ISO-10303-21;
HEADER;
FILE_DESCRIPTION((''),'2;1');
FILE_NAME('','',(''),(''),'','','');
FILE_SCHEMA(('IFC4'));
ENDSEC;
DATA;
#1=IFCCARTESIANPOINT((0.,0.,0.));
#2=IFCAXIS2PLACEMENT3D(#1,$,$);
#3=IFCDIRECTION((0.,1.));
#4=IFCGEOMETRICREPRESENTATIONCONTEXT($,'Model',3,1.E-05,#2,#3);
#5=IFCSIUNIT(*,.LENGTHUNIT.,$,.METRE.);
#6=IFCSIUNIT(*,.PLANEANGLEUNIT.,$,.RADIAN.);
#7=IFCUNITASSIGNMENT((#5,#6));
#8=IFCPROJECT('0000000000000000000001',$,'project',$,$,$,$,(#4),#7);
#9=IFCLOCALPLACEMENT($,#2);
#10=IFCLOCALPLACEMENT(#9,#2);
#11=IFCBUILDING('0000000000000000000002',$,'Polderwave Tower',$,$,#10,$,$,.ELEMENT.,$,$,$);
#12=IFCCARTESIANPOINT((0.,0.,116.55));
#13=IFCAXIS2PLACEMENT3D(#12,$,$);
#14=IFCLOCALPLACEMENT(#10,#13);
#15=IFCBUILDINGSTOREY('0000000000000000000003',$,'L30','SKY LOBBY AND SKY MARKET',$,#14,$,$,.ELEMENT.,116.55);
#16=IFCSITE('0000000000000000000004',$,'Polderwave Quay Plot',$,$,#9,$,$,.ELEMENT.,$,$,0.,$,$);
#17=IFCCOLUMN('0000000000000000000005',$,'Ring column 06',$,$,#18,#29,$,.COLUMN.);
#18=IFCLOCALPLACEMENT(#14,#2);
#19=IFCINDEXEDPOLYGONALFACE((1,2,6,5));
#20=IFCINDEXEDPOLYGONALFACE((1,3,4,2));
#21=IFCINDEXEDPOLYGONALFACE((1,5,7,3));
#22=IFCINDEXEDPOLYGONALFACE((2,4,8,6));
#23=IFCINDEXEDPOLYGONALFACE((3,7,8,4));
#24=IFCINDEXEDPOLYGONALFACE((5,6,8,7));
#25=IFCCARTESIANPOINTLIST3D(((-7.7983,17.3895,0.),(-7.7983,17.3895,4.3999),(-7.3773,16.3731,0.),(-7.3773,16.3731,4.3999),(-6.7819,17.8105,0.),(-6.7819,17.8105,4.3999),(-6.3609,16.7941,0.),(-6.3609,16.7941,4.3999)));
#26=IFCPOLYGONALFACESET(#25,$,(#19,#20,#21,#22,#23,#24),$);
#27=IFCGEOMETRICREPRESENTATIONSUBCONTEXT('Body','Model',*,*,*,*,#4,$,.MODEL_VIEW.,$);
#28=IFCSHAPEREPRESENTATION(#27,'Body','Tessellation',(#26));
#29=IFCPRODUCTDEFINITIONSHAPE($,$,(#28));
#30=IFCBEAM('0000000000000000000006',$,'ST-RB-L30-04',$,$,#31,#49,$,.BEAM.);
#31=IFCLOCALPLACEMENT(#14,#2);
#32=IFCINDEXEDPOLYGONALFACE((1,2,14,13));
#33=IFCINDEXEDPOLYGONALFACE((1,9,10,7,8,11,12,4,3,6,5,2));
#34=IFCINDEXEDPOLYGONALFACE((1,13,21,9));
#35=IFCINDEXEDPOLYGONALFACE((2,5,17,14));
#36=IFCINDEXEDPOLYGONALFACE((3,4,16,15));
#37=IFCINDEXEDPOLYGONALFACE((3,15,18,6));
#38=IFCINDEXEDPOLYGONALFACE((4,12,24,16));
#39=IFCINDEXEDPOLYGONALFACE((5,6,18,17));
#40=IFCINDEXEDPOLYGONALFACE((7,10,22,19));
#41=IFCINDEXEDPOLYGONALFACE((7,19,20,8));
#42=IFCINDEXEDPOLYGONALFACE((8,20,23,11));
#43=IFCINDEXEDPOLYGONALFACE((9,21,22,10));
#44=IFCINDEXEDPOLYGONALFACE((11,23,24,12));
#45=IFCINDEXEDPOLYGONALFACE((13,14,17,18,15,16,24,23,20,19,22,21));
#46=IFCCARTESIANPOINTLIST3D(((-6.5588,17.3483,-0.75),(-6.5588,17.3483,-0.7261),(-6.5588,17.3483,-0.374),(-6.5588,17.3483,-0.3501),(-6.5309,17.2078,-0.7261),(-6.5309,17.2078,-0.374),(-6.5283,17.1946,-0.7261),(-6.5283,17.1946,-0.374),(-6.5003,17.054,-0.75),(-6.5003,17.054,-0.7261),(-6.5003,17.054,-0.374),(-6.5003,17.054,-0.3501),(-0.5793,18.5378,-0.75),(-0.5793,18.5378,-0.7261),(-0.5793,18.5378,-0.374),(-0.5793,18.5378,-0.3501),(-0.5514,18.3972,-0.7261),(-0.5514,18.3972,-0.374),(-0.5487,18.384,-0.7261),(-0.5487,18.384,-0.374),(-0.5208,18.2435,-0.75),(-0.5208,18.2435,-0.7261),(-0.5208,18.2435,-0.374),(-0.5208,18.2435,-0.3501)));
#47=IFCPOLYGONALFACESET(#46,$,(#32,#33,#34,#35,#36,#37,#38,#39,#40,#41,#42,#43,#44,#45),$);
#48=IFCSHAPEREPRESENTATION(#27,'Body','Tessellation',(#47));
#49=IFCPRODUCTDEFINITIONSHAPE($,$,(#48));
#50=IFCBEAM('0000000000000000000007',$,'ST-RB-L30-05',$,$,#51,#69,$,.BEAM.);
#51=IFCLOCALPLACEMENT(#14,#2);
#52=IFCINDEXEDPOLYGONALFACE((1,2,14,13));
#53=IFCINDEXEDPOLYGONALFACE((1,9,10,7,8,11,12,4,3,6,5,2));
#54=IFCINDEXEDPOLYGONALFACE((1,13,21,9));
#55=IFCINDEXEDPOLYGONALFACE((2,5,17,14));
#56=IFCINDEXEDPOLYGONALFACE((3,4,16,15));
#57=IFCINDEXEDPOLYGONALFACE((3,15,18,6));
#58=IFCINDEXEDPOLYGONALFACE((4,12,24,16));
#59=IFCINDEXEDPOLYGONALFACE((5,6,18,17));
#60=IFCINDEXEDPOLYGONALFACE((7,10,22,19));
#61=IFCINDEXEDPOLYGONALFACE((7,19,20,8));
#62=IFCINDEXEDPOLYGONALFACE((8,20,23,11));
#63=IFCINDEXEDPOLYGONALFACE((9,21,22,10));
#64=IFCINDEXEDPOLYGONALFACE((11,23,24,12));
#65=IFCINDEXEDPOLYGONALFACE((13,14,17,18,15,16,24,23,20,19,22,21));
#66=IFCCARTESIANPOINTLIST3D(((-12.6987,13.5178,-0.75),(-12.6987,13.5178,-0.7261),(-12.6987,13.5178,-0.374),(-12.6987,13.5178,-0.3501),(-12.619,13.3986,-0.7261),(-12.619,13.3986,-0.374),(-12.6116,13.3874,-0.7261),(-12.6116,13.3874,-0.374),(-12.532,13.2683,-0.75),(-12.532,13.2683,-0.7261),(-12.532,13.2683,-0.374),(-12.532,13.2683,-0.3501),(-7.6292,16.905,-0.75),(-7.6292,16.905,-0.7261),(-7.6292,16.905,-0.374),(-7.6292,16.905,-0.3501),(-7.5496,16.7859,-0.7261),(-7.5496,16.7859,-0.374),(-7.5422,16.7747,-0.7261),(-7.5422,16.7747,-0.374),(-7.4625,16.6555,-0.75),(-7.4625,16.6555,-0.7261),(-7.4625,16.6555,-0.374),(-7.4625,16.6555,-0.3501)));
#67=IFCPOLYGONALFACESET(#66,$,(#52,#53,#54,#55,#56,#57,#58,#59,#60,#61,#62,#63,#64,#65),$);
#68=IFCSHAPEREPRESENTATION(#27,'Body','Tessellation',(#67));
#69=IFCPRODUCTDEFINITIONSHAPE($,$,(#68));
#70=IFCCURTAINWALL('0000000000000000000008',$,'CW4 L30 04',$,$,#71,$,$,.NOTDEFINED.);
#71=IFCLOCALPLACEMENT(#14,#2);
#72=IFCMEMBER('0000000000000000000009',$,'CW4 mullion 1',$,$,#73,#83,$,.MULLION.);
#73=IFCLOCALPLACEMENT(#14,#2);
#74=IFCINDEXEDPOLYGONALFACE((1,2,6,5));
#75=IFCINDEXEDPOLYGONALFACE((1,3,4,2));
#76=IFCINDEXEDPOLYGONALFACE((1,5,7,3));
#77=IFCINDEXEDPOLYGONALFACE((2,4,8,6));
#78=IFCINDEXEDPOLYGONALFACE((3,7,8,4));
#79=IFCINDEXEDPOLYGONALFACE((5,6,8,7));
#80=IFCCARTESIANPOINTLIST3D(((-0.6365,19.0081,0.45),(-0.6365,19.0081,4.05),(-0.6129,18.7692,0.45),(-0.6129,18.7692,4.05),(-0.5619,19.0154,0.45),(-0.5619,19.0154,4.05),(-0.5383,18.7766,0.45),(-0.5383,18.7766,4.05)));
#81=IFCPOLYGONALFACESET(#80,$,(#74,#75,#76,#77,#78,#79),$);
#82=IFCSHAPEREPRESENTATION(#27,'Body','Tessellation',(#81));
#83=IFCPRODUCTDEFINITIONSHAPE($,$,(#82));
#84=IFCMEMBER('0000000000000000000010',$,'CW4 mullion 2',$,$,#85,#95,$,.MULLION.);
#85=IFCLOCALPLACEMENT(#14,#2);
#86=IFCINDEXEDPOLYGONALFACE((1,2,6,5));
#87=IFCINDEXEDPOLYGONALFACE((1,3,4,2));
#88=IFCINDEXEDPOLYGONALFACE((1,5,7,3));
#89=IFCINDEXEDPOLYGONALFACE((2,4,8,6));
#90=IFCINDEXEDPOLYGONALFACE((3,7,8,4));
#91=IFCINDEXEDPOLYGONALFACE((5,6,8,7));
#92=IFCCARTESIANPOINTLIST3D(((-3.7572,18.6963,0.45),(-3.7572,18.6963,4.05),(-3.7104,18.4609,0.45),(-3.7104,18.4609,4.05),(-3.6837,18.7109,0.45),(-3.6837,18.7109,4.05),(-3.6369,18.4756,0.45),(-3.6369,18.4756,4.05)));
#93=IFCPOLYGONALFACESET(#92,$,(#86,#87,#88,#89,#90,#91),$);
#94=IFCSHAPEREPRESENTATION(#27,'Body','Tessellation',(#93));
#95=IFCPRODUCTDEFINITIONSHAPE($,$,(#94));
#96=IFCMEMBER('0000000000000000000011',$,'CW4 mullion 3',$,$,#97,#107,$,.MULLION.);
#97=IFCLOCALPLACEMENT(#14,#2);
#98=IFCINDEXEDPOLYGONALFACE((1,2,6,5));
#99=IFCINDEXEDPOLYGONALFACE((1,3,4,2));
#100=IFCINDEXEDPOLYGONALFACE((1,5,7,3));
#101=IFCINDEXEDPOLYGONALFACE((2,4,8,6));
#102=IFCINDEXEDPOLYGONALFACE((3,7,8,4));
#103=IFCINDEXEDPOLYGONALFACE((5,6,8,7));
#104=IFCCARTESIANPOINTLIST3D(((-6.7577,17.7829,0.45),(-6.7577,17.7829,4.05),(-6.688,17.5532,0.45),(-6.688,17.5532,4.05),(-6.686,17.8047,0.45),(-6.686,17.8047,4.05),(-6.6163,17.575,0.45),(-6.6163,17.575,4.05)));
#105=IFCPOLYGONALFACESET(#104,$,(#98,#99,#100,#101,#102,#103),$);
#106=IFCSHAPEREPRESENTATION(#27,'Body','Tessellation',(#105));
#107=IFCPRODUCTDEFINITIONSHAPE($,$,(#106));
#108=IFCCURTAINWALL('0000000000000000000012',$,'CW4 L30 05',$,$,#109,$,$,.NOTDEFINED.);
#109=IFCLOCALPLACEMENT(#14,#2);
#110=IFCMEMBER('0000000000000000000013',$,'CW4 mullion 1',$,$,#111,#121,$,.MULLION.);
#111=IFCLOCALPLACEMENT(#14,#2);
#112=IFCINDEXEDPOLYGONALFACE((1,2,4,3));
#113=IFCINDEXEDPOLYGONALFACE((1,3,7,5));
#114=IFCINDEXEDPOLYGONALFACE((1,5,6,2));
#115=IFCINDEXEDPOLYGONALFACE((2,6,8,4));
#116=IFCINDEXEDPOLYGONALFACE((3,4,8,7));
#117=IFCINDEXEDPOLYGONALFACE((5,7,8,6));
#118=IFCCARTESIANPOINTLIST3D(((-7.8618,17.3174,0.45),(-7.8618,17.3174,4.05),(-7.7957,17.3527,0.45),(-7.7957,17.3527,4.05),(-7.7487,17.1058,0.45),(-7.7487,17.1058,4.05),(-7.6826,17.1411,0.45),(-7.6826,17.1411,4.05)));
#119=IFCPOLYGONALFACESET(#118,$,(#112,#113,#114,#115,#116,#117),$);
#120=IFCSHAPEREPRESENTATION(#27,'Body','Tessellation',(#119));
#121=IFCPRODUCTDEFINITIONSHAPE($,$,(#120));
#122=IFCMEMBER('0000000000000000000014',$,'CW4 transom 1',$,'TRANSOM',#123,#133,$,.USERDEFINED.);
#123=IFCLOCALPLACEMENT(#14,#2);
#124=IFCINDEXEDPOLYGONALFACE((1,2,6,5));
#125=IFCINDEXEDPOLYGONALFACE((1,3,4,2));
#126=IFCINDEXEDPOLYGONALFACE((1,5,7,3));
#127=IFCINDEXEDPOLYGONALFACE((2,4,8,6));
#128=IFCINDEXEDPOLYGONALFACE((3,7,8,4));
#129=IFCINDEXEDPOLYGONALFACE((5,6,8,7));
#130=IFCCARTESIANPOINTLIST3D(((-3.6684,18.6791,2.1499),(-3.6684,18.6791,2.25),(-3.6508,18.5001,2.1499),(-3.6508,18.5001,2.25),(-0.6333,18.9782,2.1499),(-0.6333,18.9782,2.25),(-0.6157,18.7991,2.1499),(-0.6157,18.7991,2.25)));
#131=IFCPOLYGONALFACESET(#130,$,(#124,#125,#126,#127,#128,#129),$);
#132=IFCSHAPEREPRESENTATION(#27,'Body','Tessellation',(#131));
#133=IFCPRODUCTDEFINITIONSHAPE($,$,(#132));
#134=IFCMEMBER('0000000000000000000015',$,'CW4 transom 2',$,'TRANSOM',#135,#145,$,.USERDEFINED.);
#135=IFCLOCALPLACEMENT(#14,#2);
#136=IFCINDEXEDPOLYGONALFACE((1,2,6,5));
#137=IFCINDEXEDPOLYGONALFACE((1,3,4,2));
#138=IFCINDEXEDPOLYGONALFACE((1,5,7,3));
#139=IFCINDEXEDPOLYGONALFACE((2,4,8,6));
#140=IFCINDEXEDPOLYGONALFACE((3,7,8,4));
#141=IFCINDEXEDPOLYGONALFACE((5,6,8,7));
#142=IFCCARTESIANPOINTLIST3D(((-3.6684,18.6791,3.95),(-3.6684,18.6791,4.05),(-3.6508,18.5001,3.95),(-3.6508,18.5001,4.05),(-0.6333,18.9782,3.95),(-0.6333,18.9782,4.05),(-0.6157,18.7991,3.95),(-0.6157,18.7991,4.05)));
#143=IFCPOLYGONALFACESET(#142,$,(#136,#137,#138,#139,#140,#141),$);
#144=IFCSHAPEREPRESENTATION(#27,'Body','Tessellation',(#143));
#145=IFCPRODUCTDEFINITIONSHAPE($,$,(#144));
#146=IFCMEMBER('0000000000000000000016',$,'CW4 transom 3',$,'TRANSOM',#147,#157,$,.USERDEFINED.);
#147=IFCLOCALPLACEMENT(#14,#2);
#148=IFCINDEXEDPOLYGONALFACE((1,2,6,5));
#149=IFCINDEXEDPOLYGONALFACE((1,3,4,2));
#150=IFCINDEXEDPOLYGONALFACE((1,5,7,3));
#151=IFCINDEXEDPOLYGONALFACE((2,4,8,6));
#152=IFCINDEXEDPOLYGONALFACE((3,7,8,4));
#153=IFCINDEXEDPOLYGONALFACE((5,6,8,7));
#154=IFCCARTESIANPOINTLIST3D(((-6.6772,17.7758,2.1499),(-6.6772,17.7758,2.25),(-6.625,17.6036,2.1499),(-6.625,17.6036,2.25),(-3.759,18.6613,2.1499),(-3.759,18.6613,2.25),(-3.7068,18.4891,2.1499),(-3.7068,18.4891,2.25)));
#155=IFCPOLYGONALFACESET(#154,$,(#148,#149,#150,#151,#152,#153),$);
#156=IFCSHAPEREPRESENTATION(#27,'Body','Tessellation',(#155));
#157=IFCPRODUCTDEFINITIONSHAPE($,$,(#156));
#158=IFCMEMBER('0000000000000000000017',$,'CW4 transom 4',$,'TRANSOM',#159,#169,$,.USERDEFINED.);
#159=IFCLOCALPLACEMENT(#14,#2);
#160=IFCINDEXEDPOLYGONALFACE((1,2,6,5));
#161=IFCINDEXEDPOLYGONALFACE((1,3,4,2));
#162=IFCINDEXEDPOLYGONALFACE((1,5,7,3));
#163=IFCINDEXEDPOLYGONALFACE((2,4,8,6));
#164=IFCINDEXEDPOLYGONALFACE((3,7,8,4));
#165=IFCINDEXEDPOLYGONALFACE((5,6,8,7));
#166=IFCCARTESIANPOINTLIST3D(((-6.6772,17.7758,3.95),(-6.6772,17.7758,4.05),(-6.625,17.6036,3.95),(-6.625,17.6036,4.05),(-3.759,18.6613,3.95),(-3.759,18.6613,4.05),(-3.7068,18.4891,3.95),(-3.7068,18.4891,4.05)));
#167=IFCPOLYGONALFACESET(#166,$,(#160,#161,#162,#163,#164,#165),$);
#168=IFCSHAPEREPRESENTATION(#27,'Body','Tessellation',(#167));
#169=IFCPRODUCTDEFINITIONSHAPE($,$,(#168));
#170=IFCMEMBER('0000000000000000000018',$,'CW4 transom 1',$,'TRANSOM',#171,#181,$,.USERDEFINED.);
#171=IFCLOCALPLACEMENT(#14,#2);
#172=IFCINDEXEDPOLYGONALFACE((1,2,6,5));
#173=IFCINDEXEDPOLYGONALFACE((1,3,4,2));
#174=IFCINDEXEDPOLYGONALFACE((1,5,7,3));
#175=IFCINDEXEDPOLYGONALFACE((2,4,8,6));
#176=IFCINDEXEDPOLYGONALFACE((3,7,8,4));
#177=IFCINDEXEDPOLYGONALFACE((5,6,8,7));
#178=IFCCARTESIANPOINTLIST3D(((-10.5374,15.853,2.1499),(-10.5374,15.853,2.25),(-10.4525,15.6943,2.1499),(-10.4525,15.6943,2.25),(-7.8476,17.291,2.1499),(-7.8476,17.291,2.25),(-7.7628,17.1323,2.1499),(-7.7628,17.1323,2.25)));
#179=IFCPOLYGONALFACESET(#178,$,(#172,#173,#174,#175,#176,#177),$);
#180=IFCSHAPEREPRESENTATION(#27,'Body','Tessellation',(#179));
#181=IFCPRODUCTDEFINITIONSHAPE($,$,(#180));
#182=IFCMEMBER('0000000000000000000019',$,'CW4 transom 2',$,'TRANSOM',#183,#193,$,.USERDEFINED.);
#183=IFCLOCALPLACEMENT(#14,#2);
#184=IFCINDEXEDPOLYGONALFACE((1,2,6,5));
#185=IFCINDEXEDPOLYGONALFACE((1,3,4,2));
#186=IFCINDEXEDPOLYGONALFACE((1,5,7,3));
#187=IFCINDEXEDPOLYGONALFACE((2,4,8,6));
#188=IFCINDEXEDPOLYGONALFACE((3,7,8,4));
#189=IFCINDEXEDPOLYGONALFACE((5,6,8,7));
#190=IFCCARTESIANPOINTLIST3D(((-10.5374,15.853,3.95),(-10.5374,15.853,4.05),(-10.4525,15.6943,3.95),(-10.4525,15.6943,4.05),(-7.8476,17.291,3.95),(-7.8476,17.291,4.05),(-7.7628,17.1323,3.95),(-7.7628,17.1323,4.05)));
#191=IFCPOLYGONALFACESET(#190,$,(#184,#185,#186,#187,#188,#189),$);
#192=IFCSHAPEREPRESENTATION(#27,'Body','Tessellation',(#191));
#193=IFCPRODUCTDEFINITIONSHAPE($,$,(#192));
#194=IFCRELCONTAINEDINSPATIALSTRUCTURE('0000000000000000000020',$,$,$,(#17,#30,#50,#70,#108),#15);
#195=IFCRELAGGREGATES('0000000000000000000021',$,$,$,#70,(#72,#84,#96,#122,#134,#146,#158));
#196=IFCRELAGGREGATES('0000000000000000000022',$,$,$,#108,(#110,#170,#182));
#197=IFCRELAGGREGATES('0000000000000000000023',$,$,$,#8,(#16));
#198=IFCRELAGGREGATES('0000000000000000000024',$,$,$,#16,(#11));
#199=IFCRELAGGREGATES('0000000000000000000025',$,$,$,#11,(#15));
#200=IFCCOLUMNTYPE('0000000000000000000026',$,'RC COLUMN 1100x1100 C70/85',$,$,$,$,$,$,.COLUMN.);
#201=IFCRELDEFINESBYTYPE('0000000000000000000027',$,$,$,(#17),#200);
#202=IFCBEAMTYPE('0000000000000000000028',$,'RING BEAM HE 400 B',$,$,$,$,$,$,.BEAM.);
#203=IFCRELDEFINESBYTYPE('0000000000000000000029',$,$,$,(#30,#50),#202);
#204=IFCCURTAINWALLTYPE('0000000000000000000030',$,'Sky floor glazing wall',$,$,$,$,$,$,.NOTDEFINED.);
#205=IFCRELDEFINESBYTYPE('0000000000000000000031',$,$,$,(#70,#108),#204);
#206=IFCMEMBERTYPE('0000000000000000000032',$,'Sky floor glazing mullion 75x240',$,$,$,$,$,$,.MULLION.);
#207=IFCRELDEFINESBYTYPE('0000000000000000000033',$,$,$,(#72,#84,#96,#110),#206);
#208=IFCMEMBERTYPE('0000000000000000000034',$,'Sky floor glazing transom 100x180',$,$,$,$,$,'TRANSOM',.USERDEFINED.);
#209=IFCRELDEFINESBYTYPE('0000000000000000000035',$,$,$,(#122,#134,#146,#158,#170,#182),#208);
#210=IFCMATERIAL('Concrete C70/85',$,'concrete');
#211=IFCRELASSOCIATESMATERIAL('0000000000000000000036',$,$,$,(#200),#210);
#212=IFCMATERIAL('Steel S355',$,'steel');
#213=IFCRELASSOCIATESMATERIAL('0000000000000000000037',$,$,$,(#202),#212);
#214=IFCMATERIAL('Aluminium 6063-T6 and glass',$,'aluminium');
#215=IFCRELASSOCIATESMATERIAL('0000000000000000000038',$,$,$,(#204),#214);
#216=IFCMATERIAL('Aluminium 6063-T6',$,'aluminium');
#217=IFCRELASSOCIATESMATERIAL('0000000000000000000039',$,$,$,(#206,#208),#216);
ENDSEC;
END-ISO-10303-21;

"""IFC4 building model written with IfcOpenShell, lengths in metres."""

from ifc_helpers import new_model, si_unit, direction, frame, origin, origin_2d, place, context, subcontext, project, spatial, rectangle, i_section, extrude, material, material_profile, profile_set, type_object, element, aggregate, save


model = new_model("IFC4")

# Units and contexts
model_context = context("Model", 3, precision=1e-05, world=origin(), true_north=direction((0.0, 1.0)))
body_context = subcontext(model_context, "Body", "Model", "MODEL_VIEW")
ifc_project = project(units=[si_unit("LENGTHUNIT", "METRE"), si_unit("PLANEANGLEUNIT", "RADIAN")], contexts=[model_context])

# Site, building, storey
site_placement = place(None, origin())
site = spatial("IfcSite", under=ifc_project, at=site_placement, Name="Polderwave Quay Plot", CompositionType="ELEMENT", RefElevation=0.0)
building_placement = place(site_placement, origin())
building = spatial("IfcBuilding", under=site, at=building_placement, Name="Polderwave Tower", CompositionType="ELEMENT")
storey_placement = place(building_placement, frame((0.0, 0.0, 116.55)))
storey = spatial("IfcBuildingStorey", under=building, at=storey_placement, Name="L30", Description="SKY LOBBY AND SKY MARKET", CompositionType="ELEMENT", Elevation=116.55)

# Column
ifc_material_1 = material(Name="Concrete C70/85", Category="concrete")
ifc_material_profile_1 = material_profile(ifc_material_1, rectangle(XDim=1.1001, YDim=1.1001, at=origin_2d()), Name="RC 1100x1100")
ifc_profile_set_1 = profile_set([ifc_material_profile_1], Name="Concrete C70/85")
column_type = type_object("IfcColumnType", Name="RC COLUMN 1100x1100 C70/85", PredefinedType="COLUMN", material=ifc_profile_set_1)
column_placement = place(storey_placement, frame((-7.0796, 17.0918, 0.0), z_axis=(0.0, 0.0, 1.0), x_axis=(-0.382683, 0.92388, 0.0)))
element("IfcColumn", 1, at=column_placement, inside=storey, type_object=column_type, Name="Ring column 06", PredefinedType="COLUMN", context=body_context, shape_type="SweptSolid", body=[
    extrude(rectangle(XDim=1.1001, YDim=1.1001, at=origin_2d()), origin(), (0.0, 0.0, 1.0), 4.3999),
])

# Beams
ifc_material_2 = material(Name="Steel S355", Category="steel")
ifc_material_profile_2 = material_profile(ifc_material_2, i_section(OverallWidth=0.3, OverallDepth=0.3999, WebThickness=0.0134, FlangeThickness=0.0239, at=origin_2d()), Name="HE 400 B")
ifc_profile_set_2 = profile_set([ifc_material_profile_2], Name="Steel S355")
beam_type = type_object("IfcBeamType", Name="RING BEAM HE 400 B", PredefinedType="BEAM", material=ifc_profile_set_2)
beam_1_placement = place(storey_placement, frame((-0.55, 18.3906, -0.55), z_axis=(-0.980783, -0.1951, 0.0), x_axis=(0.1951, -0.980783, 0.0)))
element("IfcBeam", 2, at=beam_1_placement, inside=storey, type_object=beam_type, Name="ST-RB-L30-04", PredefinedType="BEAM", context=body_context, shape_type="SweptSolid", body=[
    extrude(i_section(OverallWidth=0.3, OverallDepth=0.3999, WebThickness=0.0134, FlangeThickness=0.0239, at=origin_2d()), origin(), (0.0, 0.0, 1.0), 6.0967),
])
beam_2_placement = place(storey_placement, frame((-7.5459, 16.7803, -0.55), z_axis=(-0.831471, -0.555569, 0.0), x_axis=(0.555569, -0.831471, 0.0)))
element("IfcBeam", 3, at=beam_2_placement, inside=storey, type_object=beam_type, Name="ST-RB-L30-05", PredefinedType="BEAM", context=body_context, shape_type="SweptSolid", body=[
    extrude(i_section(OverallWidth=0.3, OverallDepth=0.3999, WebThickness=0.0134, FlangeThickness=0.0239, at=origin_2d()), origin(), (0.0, 0.0, 1.0), 6.0969),
])

# Curtain wall, members
ifc_material_3 = material(Name="Aluminium 6063-T6 and glass", Category="aluminium")
curtain_wall_type = type_object("IfcCurtainWallType", Name="Sky floor glazing wall", PredefinedType="NOTDEFINED", material=ifc_material_3)
curtain_wall_1_placement = place(storey_placement, origin())
curtain_wall_1 = element("IfcCurtainWall", 4, at=curtain_wall_1_placement, inside=storey, type_object=curtain_wall_type, Name="CW4 L30 04", PredefinedType="NOTDEFINED")
ifc_material_4 = material(Name="Aluminium 6063-T6", Category="aluminium")
ifc_material_profile_3 = material_profile(ifc_material_4, rectangle(XDim=0.24, YDim=0.075, at=origin_2d()), Name="AL 75x240")
ifc_profile_set_3 = profile_set([ifc_material_profile_3], Name="Aluminium 6063-T6")
member_type_1 = type_object("IfcMemberType", Name="Sky floor glazing mullion 75x240", PredefinedType="MULLION", material=ifc_profile_set_3)
member_1_placement = place(storey_placement, frame((-0.5874, 18.8923, 0.45), z_axis=(0.0, 0.0, 1.0), x_axis=(0.098033, -0.995183, 0.0)))
member_1 = element("IfcMember", 5, at=member_1_placement, type_object=member_type_1, Name="CW4 mullion 1", PredefinedType="MULLION", context=body_context, shape_type="SweptSolid", body=[
    extrude(rectangle(XDim=0.24, YDim=0.075, at=origin_2d()), origin(), (0.0, 0.0, 1.0), 3.6001),
])
member_2_placement = place(storey_placement, frame((-3.697, 18.5859, 0.45), z_axis=(0.0, 0.0, 1.0), x_axis=(0.195109, -0.980782, 0.0)))
member_2 = element("IfcMember", 6, at=member_2_placement, type_object=member_type_1, Name="CW4 mullion 2", PredefinedType="MULLION", context=body_context, shape_type="SweptSolid", body=[
    extrude(rectangle(XDim=0.24, YDim=0.075, at=origin_2d()), origin(), (0.0, 0.0, 1.0), 3.6001),
])
member_3_placement = place(storey_placement, frame((-6.687, 17.679, 0.45), z_axis=(0.0, 0.0, 1.0), x_axis=(0.290306, -0.956934, 0.0)))
member_3 = element("IfcMember", 7, at=member_3_placement, type_object=member_type_1, Name="CW4 mullion 3", PredefinedType="MULLION", context=body_context, shape_type="SweptSolid", body=[
    extrude(rectangle(XDim=0.24, YDim=0.075, at=origin_2d()), origin(), (0.0, 0.0, 1.0), 3.6001),
])

# Curtain wall, member
curtain_wall_2_placement = place(storey_placement, origin())
curtain_wall_2 = element("IfcCurtainWall", 8, at=curtain_wall_2_placement, inside=storey, type_object=curtain_wall_type, Name="CW4 L30 05", PredefinedType="NOTDEFINED")
member_4_placement = place(storey_placement, frame((-7.7722, 17.2292, 0.45), z_axis=(0.0, 0.0, 1.0), x_axis=(0.471458, -0.881888, 0.0)))
member_4 = element("IfcMember", 9, at=member_4_placement, type_object=member_type_1, Name="CW4 mullion 1", PredefinedType="MULLION", context=body_context, shape_type="SweptSolid", body=[
    extrude(rectangle(XDim=0.24, YDim=0.075, at=origin_2d()), origin(), (0.0, 0.0, 1.0), 3.6001),
])

# Members
ifc_material_profile_4 = material_profile(ifc_material_4, rectangle(XDim=0.1799, YDim=0.1001, at=origin_2d()), Name="AL 100x180")
ifc_profile_set_4 = profile_set([ifc_material_profile_4], Name="Aluminium 6063-T6")
member_type_2 = type_object("IfcMemberType", Name="Sky floor glazing transom 100x180", ElementType="TRANSOM", PredefinedType="USERDEFINED", material=ifc_profile_set_4)
member_5_placement = place(storey_placement, frame((-0.6245, 18.8887, 2.2), z_axis=(-0.99518, -0.098061, 0.0), x_axis=(0.098061, -0.99518, 0.0)))
member_5 = element("IfcMember", 10, at=member_5_placement, type_object=member_type_2, Name="CW4 transom 1", ObjectType="TRANSOM", PredefinedType="USERDEFINED", context=body_context, shape_type="SweptSolid", body=[
    extrude(rectangle(XDim=0.1799, YDim=0.1001, at=origin_2d()), origin(), (0.0, 0.0, 1.0), 3.0498),
])
member_6_placement = place(storey_placement, frame((-0.6245, 18.8887, 4.0), z_axis=(-0.99518, -0.098061, 0.0), x_axis=(0.098061, -0.99518, 0.0)))
member_6 = element("IfcMember", 11, at=member_6_placement, type_object=member_type_2, Name="CW4 transom 2", ObjectType="TRANSOM", PredefinedType="USERDEFINED", context=body_context, shape_type="SweptSolid", body=[
    extrude(rectangle(XDim=0.1799, YDim=0.1001, at=origin_2d()), origin(), (0.0, 0.0, 1.0), 3.0498),
])
member_7_placement = place(storey_placement, frame((-3.7329, 18.5752, 2.2), z_axis=(-0.956916, -0.290365, 0.0), x_axis=(0.290365, -0.956916, 0.0)))
member_7 = element("IfcMember", 12, at=member_7_placement, type_object=member_type_2, Name="CW4 transom 3", ObjectType="TRANSOM", PredefinedType="USERDEFINED", context=body_context, shape_type="SweptSolid", body=[
    extrude(rectangle(XDim=0.1799, YDim=0.1001, at=origin_2d()), origin(), (0.0, 0.0, 1.0), 3.0496),
])
member_8_placement = place(storey_placement, frame((-3.7329, 18.5752, 4.0), z_axis=(-0.956916, -0.290365, 0.0), x_axis=(0.290365, -0.956916, 0.0)))
member_8 = element("IfcMember", 13, at=member_8_placement, type_object=member_type_2, Name="CW4 transom 4", ObjectType="TRANSOM", PredefinedType="USERDEFINED", context=body_context, shape_type="SweptSolid", body=[
    extrude(rectangle(XDim=0.1799, YDim=0.1001, at=origin_2d()), origin(), (0.0, 0.0, 1.0), 3.0496),
])
member_9_placement = place(storey_placement, frame((-7.8052, 17.2117, 2.2), z_axis=(-0.881878, -0.471477, 0.0), x_axis=(0.471477, -0.881878, 0.0)))
member_9 = element("IfcMember", 14, at=member_9_placement, type_object=member_type_2, Name="CW4 transom 1", ObjectType="TRANSOM", PredefinedType="USERDEFINED", context=body_context, shape_type="SweptSolid", body=[
    extrude(rectangle(XDim=0.1799, YDim=0.1001, at=origin_2d()), origin(), (0.0, 0.0, 1.0), 3.05),
])
member_10_placement = place(storey_placement, frame((-7.8052, 17.2117, 4.0), z_axis=(-0.881878, -0.471477, 0.0), x_axis=(0.471477, -0.881878, 0.0)))
member_10 = element("IfcMember", 15, at=member_10_placement, type_object=member_type_2, Name="CW4 transom 2", ObjectType="TRANSOM", PredefinedType="USERDEFINED", context=body_context, shape_type="SweptSolid", body=[
    extrude(rectangle(XDim=0.1799, YDim=0.1001, at=origin_2d()), origin(), (0.0, 0.0, 1.0), 3.05),
])

aggregate(curtain_wall_1, [member_1, member_2, member_3, member_5, member_6, member_7, member_8])
aggregate(curtain_wall_2, [member_4, member_9, member_10])

save(model, "model.ifc")
